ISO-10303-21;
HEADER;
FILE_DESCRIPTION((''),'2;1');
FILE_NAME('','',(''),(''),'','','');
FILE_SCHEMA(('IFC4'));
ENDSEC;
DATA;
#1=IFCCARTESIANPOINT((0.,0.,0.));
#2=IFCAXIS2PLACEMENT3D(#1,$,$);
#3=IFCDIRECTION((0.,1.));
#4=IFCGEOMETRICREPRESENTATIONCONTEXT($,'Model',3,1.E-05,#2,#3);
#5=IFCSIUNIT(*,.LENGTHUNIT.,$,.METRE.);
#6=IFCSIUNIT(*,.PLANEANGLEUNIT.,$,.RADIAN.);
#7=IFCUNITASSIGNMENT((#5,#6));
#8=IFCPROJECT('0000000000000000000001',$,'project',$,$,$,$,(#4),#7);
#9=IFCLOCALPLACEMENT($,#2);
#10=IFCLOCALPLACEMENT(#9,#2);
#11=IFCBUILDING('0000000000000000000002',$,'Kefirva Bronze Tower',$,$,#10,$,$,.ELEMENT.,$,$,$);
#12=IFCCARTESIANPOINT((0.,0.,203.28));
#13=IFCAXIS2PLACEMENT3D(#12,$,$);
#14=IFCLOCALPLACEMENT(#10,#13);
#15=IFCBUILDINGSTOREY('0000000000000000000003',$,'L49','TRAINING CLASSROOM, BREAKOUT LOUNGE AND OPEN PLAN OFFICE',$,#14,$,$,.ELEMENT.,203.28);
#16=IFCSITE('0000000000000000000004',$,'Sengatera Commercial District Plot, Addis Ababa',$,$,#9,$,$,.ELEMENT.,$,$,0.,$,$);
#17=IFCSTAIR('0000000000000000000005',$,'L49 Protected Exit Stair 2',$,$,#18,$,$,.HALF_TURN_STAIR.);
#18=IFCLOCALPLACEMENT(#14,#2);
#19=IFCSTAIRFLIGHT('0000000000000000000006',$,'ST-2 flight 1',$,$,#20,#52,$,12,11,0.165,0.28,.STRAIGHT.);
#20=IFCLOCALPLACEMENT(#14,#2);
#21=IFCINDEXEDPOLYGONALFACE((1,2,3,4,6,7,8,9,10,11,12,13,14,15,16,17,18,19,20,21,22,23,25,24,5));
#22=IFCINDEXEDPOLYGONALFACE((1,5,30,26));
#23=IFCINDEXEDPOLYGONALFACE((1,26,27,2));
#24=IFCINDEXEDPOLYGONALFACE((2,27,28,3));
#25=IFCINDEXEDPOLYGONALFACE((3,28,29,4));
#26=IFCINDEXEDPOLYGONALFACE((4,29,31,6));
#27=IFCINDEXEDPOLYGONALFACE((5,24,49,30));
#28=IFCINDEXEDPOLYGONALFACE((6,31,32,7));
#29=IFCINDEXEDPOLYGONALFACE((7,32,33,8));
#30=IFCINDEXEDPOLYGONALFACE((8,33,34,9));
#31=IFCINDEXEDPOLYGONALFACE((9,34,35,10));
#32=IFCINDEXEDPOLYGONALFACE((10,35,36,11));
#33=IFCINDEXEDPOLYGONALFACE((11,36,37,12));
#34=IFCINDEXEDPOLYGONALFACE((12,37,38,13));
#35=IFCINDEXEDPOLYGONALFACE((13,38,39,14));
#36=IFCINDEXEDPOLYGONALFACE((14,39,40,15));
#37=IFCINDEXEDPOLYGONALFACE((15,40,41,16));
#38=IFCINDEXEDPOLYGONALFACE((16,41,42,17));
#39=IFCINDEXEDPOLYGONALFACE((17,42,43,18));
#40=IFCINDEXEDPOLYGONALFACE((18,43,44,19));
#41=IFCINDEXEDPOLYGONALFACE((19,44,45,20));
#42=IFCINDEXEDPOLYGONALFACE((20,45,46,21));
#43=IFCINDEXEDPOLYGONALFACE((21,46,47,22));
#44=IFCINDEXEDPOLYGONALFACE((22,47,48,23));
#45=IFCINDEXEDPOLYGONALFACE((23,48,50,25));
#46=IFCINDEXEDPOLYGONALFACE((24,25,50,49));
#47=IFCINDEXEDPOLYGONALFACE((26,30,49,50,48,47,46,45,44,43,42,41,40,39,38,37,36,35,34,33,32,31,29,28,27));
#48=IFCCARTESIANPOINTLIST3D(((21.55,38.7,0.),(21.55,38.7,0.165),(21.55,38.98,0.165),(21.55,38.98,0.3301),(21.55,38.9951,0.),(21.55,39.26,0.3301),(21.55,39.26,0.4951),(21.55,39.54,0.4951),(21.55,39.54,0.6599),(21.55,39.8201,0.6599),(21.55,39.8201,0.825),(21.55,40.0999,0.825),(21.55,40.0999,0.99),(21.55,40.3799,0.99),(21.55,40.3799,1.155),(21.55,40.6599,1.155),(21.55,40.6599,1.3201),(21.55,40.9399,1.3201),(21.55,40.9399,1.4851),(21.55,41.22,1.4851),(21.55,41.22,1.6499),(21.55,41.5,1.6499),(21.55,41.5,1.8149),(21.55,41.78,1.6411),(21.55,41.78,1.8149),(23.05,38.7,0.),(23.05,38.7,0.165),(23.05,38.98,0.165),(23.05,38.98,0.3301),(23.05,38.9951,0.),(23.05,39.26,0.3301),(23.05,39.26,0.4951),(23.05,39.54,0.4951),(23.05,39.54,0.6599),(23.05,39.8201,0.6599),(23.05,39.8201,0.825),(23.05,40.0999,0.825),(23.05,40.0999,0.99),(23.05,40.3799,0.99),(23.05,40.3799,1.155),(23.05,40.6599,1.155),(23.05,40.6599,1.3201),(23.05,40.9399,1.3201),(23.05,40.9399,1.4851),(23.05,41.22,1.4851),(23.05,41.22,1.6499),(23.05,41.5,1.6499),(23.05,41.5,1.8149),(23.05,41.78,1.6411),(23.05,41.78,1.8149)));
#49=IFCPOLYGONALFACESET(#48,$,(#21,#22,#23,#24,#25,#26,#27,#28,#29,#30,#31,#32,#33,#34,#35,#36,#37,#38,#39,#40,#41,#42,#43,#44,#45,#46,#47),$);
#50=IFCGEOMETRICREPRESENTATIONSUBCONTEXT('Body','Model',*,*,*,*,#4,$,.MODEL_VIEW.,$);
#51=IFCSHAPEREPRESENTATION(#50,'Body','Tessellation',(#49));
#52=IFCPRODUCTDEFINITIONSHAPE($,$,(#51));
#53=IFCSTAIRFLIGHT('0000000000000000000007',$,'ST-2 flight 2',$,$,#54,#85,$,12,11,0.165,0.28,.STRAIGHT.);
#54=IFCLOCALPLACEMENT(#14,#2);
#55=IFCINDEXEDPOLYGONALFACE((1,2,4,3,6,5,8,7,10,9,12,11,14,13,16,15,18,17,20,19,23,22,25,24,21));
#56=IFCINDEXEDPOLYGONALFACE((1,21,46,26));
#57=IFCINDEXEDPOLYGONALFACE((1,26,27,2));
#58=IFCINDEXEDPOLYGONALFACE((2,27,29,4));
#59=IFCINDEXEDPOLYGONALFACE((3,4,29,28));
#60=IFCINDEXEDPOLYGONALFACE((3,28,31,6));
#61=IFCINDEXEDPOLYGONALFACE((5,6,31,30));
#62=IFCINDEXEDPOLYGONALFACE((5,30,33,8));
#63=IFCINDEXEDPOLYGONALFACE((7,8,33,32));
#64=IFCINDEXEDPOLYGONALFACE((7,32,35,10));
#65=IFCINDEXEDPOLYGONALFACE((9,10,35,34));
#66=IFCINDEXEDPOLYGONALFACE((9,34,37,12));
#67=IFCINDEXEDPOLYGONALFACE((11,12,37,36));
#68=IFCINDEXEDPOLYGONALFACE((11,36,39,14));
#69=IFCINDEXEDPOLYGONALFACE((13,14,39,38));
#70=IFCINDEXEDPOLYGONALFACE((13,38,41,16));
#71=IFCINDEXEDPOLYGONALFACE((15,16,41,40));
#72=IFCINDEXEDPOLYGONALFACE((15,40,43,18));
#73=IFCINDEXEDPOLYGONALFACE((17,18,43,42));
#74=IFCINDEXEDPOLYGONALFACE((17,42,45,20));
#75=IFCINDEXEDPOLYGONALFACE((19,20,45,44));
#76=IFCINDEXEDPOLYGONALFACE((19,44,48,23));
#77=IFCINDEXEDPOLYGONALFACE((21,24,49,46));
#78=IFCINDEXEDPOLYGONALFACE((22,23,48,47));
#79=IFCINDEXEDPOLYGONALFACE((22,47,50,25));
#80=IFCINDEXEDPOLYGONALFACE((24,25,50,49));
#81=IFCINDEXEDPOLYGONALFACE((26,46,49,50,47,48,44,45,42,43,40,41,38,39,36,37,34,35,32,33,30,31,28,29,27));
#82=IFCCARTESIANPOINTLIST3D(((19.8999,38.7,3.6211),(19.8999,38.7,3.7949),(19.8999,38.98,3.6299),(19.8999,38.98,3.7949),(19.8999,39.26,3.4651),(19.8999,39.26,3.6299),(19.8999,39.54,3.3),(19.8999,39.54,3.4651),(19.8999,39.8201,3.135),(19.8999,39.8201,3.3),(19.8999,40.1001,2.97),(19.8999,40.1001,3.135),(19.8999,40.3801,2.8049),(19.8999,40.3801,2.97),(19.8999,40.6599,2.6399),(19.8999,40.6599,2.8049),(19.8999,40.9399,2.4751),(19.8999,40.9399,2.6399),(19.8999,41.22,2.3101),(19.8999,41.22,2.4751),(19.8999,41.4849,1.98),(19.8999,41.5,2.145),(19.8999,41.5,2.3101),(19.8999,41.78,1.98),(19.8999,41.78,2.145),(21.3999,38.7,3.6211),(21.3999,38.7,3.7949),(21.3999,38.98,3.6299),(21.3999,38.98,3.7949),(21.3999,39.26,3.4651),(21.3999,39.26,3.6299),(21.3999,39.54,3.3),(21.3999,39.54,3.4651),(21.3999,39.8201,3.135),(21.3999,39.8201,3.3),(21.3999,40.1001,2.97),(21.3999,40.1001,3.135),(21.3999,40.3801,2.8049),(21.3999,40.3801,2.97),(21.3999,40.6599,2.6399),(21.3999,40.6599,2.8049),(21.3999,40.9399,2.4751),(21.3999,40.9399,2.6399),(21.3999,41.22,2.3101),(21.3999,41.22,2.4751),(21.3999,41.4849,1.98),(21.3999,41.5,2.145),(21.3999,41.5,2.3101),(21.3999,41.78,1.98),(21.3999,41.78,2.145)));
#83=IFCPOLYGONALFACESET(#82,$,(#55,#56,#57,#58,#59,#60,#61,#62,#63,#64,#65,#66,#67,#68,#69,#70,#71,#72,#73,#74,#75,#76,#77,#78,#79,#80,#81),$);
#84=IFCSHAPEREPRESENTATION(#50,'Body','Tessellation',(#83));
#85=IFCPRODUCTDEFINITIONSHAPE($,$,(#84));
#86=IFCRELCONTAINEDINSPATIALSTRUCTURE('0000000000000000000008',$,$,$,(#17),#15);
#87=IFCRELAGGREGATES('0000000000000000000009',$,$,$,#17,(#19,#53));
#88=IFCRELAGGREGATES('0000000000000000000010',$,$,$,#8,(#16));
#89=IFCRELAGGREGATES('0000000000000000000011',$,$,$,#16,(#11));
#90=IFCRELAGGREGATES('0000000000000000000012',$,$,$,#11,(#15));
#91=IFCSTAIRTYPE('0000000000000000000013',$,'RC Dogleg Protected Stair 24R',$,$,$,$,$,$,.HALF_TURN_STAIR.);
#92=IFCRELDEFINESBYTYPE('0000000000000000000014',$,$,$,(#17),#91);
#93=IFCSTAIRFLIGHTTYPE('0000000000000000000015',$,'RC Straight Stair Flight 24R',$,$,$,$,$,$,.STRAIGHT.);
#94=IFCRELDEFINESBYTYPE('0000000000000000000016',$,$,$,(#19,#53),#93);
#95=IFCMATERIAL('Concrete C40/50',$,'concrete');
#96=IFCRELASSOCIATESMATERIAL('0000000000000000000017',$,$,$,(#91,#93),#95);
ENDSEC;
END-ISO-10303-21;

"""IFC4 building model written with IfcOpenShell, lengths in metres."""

from ifc_helpers import new_model, si_unit, direction, frame, origin, place, context, subcontext, project, spatial, polyline, outline, extrude, material, type_object, element, aggregate, save


model = new_model("IFC4")

# Units and contexts
model_context = context("Model", 3, precision=1e-05, world=origin(), true_north=direction((0.0, 1.0)))
body_context = subcontext(model_context, "Body", "Model", "MODEL_VIEW")
ifc_project = project(units=[si_unit("LENGTHUNIT", "METRE"), si_unit("PLANEANGLEUNIT", "RADIAN")], contexts=[model_context])

# Site, building, storey
site_placement = place(None, origin())
site = spatial("IfcSite", under=ifc_project, at=site_placement, Name="Sengatera Commercial District Plot, Addis Ababa", CompositionType="ELEMENT", RefElevation=0.0)
building_placement = place(site_placement, origin())
building = spatial("IfcBuilding", under=site, at=building_placement, Name="Kefirva Bronze Tower", CompositionType="ELEMENT")
storey_placement = place(building_placement, frame((0.0, 0.0, 203.28)))
storey = spatial("IfcBuildingStorey", under=building, at=storey_placement, Name="L49", Description="TRAINING CLASSROOM, BREAKOUT LOUNGE AND OPEN PLAN OFFICE", CompositionType="ELEMENT", Elevation=203.28)

# Stair, stair flights
ifc_material_1 = material(Name="Concrete C40/50", Category="concrete")
stair_type = type_object("IfcStairType", Name="RC Dogleg Protected Stair 24R", PredefinedType="HALF_TURN_STAIR", material=ifc_material_1)
stair_placement = place(storey_placement, origin())
stair = element("IfcStair", 1, at=stair_placement, inside=storey, type_object=stair_type, Name="L49 Protected Exit Stair 2", PredefinedType="HALF_TURN_STAIR")
stair_flight_type = type_object("IfcStairFlightType", Name="RC Straight Stair Flight 24R", PredefinedType="STRAIGHT", material=ifc_material_1)
stair_flight_1_placement = place(storey_placement, frame((22.3, 38.7, 0.0), z_axis=(0.0, 0.0, 1.0), x_axis=(0.0, 1.0, 0.0)))
stair_flight_1 = element("IfcStairFlight", 2, at=stair_flight_1_placement, type_object=stair_flight_type, Name="ST-2 flight 1", NumberOfRisers=12, NumberOfTreads=11, PredefinedType="STRAIGHT", RiserHeight=0.165, TreadLength=0.28, context=body_context, shape_type="SweptSolid", body=[
    extrude(outline(polyline([(0.0, 0.0), (0.0, 0.165), (0.28, 0.165), (0.28, 0.3301), (0.5601, 0.3301), (0.5601, 0.4951), (0.8401, 0.4951), (0.8401, 0.6599), (1.1201, 0.6599), (1.1201, 0.825), (1.3999, 0.825), (1.3999, 0.99), (1.6799, 0.99), (1.6799, 1.155), (1.96, 1.155), (1.96, 1.3201), (2.24, 1.3201), (2.24, 1.4851), (2.52, 1.4851), (2.52, 1.6499), (2.8, 1.6499), (2.8, 1.8149), (3.0801, 1.8149), (3.0801, 1.98), (3.0801, 1.6411), (0.2952, 0.0), (0.0, 0.0)])), frame((0.0, 0.75, 0.0), z_axis=(0.0, -1.0, 0.0), x_axis=(1.0, 0.0, 0.0)), (0.0, 0.0, 1.0), 1.5),
])
stair_flight_2_placement = place(storey_placement, frame((20.6499, 41.78, 1.98), z_axis=(0.0, 0.0, 1.0), x_axis=(0.0, -1.0, 0.0)))
stair_flight_2 = element("IfcStairFlight", 3, at=stair_flight_2_placement, type_object=stair_flight_type, Name="ST-2 flight 2", NumberOfRisers=12, NumberOfTreads=11, PredefinedType="STRAIGHT", RiserHeight=0.165, TreadLength=0.28, context=body_context, shape_type="SweptSolid", body=[
    extrude(outline(polyline([(0.0, 0.0), (0.0, 0.165), (0.28, 0.165), (0.28, 0.3301), (0.5601, 0.3301), (0.5601, 0.4951), (0.8401, 0.4951), (0.8401, 0.6599), (1.1201, 0.6599), (1.1201, 0.825), (1.3999, 0.825), (1.3999, 0.99), (1.6799, 0.99), (1.6799, 1.155), (1.96, 1.155), (1.96, 1.3201), (2.24, 1.3201), (2.24, 1.4851), (2.52, 1.4851), (2.52, 1.6499), (2.8, 1.6499), (2.8, 1.8149), (3.0801, 1.8149), (3.0801, 1.98), (3.0801, 1.6411), (0.2952, 0.0), (0.0, 0.0)])), frame((0.0, 0.75, 0.0), z_axis=(0.0, -1.0, 0.0), x_axis=(1.0, 0.0, 0.0)), (0.0, 0.0, 1.0), 1.5),
])
aggregate(stair, [stair_flight_1, stair_flight_2])

save(model, "model.ifc")
